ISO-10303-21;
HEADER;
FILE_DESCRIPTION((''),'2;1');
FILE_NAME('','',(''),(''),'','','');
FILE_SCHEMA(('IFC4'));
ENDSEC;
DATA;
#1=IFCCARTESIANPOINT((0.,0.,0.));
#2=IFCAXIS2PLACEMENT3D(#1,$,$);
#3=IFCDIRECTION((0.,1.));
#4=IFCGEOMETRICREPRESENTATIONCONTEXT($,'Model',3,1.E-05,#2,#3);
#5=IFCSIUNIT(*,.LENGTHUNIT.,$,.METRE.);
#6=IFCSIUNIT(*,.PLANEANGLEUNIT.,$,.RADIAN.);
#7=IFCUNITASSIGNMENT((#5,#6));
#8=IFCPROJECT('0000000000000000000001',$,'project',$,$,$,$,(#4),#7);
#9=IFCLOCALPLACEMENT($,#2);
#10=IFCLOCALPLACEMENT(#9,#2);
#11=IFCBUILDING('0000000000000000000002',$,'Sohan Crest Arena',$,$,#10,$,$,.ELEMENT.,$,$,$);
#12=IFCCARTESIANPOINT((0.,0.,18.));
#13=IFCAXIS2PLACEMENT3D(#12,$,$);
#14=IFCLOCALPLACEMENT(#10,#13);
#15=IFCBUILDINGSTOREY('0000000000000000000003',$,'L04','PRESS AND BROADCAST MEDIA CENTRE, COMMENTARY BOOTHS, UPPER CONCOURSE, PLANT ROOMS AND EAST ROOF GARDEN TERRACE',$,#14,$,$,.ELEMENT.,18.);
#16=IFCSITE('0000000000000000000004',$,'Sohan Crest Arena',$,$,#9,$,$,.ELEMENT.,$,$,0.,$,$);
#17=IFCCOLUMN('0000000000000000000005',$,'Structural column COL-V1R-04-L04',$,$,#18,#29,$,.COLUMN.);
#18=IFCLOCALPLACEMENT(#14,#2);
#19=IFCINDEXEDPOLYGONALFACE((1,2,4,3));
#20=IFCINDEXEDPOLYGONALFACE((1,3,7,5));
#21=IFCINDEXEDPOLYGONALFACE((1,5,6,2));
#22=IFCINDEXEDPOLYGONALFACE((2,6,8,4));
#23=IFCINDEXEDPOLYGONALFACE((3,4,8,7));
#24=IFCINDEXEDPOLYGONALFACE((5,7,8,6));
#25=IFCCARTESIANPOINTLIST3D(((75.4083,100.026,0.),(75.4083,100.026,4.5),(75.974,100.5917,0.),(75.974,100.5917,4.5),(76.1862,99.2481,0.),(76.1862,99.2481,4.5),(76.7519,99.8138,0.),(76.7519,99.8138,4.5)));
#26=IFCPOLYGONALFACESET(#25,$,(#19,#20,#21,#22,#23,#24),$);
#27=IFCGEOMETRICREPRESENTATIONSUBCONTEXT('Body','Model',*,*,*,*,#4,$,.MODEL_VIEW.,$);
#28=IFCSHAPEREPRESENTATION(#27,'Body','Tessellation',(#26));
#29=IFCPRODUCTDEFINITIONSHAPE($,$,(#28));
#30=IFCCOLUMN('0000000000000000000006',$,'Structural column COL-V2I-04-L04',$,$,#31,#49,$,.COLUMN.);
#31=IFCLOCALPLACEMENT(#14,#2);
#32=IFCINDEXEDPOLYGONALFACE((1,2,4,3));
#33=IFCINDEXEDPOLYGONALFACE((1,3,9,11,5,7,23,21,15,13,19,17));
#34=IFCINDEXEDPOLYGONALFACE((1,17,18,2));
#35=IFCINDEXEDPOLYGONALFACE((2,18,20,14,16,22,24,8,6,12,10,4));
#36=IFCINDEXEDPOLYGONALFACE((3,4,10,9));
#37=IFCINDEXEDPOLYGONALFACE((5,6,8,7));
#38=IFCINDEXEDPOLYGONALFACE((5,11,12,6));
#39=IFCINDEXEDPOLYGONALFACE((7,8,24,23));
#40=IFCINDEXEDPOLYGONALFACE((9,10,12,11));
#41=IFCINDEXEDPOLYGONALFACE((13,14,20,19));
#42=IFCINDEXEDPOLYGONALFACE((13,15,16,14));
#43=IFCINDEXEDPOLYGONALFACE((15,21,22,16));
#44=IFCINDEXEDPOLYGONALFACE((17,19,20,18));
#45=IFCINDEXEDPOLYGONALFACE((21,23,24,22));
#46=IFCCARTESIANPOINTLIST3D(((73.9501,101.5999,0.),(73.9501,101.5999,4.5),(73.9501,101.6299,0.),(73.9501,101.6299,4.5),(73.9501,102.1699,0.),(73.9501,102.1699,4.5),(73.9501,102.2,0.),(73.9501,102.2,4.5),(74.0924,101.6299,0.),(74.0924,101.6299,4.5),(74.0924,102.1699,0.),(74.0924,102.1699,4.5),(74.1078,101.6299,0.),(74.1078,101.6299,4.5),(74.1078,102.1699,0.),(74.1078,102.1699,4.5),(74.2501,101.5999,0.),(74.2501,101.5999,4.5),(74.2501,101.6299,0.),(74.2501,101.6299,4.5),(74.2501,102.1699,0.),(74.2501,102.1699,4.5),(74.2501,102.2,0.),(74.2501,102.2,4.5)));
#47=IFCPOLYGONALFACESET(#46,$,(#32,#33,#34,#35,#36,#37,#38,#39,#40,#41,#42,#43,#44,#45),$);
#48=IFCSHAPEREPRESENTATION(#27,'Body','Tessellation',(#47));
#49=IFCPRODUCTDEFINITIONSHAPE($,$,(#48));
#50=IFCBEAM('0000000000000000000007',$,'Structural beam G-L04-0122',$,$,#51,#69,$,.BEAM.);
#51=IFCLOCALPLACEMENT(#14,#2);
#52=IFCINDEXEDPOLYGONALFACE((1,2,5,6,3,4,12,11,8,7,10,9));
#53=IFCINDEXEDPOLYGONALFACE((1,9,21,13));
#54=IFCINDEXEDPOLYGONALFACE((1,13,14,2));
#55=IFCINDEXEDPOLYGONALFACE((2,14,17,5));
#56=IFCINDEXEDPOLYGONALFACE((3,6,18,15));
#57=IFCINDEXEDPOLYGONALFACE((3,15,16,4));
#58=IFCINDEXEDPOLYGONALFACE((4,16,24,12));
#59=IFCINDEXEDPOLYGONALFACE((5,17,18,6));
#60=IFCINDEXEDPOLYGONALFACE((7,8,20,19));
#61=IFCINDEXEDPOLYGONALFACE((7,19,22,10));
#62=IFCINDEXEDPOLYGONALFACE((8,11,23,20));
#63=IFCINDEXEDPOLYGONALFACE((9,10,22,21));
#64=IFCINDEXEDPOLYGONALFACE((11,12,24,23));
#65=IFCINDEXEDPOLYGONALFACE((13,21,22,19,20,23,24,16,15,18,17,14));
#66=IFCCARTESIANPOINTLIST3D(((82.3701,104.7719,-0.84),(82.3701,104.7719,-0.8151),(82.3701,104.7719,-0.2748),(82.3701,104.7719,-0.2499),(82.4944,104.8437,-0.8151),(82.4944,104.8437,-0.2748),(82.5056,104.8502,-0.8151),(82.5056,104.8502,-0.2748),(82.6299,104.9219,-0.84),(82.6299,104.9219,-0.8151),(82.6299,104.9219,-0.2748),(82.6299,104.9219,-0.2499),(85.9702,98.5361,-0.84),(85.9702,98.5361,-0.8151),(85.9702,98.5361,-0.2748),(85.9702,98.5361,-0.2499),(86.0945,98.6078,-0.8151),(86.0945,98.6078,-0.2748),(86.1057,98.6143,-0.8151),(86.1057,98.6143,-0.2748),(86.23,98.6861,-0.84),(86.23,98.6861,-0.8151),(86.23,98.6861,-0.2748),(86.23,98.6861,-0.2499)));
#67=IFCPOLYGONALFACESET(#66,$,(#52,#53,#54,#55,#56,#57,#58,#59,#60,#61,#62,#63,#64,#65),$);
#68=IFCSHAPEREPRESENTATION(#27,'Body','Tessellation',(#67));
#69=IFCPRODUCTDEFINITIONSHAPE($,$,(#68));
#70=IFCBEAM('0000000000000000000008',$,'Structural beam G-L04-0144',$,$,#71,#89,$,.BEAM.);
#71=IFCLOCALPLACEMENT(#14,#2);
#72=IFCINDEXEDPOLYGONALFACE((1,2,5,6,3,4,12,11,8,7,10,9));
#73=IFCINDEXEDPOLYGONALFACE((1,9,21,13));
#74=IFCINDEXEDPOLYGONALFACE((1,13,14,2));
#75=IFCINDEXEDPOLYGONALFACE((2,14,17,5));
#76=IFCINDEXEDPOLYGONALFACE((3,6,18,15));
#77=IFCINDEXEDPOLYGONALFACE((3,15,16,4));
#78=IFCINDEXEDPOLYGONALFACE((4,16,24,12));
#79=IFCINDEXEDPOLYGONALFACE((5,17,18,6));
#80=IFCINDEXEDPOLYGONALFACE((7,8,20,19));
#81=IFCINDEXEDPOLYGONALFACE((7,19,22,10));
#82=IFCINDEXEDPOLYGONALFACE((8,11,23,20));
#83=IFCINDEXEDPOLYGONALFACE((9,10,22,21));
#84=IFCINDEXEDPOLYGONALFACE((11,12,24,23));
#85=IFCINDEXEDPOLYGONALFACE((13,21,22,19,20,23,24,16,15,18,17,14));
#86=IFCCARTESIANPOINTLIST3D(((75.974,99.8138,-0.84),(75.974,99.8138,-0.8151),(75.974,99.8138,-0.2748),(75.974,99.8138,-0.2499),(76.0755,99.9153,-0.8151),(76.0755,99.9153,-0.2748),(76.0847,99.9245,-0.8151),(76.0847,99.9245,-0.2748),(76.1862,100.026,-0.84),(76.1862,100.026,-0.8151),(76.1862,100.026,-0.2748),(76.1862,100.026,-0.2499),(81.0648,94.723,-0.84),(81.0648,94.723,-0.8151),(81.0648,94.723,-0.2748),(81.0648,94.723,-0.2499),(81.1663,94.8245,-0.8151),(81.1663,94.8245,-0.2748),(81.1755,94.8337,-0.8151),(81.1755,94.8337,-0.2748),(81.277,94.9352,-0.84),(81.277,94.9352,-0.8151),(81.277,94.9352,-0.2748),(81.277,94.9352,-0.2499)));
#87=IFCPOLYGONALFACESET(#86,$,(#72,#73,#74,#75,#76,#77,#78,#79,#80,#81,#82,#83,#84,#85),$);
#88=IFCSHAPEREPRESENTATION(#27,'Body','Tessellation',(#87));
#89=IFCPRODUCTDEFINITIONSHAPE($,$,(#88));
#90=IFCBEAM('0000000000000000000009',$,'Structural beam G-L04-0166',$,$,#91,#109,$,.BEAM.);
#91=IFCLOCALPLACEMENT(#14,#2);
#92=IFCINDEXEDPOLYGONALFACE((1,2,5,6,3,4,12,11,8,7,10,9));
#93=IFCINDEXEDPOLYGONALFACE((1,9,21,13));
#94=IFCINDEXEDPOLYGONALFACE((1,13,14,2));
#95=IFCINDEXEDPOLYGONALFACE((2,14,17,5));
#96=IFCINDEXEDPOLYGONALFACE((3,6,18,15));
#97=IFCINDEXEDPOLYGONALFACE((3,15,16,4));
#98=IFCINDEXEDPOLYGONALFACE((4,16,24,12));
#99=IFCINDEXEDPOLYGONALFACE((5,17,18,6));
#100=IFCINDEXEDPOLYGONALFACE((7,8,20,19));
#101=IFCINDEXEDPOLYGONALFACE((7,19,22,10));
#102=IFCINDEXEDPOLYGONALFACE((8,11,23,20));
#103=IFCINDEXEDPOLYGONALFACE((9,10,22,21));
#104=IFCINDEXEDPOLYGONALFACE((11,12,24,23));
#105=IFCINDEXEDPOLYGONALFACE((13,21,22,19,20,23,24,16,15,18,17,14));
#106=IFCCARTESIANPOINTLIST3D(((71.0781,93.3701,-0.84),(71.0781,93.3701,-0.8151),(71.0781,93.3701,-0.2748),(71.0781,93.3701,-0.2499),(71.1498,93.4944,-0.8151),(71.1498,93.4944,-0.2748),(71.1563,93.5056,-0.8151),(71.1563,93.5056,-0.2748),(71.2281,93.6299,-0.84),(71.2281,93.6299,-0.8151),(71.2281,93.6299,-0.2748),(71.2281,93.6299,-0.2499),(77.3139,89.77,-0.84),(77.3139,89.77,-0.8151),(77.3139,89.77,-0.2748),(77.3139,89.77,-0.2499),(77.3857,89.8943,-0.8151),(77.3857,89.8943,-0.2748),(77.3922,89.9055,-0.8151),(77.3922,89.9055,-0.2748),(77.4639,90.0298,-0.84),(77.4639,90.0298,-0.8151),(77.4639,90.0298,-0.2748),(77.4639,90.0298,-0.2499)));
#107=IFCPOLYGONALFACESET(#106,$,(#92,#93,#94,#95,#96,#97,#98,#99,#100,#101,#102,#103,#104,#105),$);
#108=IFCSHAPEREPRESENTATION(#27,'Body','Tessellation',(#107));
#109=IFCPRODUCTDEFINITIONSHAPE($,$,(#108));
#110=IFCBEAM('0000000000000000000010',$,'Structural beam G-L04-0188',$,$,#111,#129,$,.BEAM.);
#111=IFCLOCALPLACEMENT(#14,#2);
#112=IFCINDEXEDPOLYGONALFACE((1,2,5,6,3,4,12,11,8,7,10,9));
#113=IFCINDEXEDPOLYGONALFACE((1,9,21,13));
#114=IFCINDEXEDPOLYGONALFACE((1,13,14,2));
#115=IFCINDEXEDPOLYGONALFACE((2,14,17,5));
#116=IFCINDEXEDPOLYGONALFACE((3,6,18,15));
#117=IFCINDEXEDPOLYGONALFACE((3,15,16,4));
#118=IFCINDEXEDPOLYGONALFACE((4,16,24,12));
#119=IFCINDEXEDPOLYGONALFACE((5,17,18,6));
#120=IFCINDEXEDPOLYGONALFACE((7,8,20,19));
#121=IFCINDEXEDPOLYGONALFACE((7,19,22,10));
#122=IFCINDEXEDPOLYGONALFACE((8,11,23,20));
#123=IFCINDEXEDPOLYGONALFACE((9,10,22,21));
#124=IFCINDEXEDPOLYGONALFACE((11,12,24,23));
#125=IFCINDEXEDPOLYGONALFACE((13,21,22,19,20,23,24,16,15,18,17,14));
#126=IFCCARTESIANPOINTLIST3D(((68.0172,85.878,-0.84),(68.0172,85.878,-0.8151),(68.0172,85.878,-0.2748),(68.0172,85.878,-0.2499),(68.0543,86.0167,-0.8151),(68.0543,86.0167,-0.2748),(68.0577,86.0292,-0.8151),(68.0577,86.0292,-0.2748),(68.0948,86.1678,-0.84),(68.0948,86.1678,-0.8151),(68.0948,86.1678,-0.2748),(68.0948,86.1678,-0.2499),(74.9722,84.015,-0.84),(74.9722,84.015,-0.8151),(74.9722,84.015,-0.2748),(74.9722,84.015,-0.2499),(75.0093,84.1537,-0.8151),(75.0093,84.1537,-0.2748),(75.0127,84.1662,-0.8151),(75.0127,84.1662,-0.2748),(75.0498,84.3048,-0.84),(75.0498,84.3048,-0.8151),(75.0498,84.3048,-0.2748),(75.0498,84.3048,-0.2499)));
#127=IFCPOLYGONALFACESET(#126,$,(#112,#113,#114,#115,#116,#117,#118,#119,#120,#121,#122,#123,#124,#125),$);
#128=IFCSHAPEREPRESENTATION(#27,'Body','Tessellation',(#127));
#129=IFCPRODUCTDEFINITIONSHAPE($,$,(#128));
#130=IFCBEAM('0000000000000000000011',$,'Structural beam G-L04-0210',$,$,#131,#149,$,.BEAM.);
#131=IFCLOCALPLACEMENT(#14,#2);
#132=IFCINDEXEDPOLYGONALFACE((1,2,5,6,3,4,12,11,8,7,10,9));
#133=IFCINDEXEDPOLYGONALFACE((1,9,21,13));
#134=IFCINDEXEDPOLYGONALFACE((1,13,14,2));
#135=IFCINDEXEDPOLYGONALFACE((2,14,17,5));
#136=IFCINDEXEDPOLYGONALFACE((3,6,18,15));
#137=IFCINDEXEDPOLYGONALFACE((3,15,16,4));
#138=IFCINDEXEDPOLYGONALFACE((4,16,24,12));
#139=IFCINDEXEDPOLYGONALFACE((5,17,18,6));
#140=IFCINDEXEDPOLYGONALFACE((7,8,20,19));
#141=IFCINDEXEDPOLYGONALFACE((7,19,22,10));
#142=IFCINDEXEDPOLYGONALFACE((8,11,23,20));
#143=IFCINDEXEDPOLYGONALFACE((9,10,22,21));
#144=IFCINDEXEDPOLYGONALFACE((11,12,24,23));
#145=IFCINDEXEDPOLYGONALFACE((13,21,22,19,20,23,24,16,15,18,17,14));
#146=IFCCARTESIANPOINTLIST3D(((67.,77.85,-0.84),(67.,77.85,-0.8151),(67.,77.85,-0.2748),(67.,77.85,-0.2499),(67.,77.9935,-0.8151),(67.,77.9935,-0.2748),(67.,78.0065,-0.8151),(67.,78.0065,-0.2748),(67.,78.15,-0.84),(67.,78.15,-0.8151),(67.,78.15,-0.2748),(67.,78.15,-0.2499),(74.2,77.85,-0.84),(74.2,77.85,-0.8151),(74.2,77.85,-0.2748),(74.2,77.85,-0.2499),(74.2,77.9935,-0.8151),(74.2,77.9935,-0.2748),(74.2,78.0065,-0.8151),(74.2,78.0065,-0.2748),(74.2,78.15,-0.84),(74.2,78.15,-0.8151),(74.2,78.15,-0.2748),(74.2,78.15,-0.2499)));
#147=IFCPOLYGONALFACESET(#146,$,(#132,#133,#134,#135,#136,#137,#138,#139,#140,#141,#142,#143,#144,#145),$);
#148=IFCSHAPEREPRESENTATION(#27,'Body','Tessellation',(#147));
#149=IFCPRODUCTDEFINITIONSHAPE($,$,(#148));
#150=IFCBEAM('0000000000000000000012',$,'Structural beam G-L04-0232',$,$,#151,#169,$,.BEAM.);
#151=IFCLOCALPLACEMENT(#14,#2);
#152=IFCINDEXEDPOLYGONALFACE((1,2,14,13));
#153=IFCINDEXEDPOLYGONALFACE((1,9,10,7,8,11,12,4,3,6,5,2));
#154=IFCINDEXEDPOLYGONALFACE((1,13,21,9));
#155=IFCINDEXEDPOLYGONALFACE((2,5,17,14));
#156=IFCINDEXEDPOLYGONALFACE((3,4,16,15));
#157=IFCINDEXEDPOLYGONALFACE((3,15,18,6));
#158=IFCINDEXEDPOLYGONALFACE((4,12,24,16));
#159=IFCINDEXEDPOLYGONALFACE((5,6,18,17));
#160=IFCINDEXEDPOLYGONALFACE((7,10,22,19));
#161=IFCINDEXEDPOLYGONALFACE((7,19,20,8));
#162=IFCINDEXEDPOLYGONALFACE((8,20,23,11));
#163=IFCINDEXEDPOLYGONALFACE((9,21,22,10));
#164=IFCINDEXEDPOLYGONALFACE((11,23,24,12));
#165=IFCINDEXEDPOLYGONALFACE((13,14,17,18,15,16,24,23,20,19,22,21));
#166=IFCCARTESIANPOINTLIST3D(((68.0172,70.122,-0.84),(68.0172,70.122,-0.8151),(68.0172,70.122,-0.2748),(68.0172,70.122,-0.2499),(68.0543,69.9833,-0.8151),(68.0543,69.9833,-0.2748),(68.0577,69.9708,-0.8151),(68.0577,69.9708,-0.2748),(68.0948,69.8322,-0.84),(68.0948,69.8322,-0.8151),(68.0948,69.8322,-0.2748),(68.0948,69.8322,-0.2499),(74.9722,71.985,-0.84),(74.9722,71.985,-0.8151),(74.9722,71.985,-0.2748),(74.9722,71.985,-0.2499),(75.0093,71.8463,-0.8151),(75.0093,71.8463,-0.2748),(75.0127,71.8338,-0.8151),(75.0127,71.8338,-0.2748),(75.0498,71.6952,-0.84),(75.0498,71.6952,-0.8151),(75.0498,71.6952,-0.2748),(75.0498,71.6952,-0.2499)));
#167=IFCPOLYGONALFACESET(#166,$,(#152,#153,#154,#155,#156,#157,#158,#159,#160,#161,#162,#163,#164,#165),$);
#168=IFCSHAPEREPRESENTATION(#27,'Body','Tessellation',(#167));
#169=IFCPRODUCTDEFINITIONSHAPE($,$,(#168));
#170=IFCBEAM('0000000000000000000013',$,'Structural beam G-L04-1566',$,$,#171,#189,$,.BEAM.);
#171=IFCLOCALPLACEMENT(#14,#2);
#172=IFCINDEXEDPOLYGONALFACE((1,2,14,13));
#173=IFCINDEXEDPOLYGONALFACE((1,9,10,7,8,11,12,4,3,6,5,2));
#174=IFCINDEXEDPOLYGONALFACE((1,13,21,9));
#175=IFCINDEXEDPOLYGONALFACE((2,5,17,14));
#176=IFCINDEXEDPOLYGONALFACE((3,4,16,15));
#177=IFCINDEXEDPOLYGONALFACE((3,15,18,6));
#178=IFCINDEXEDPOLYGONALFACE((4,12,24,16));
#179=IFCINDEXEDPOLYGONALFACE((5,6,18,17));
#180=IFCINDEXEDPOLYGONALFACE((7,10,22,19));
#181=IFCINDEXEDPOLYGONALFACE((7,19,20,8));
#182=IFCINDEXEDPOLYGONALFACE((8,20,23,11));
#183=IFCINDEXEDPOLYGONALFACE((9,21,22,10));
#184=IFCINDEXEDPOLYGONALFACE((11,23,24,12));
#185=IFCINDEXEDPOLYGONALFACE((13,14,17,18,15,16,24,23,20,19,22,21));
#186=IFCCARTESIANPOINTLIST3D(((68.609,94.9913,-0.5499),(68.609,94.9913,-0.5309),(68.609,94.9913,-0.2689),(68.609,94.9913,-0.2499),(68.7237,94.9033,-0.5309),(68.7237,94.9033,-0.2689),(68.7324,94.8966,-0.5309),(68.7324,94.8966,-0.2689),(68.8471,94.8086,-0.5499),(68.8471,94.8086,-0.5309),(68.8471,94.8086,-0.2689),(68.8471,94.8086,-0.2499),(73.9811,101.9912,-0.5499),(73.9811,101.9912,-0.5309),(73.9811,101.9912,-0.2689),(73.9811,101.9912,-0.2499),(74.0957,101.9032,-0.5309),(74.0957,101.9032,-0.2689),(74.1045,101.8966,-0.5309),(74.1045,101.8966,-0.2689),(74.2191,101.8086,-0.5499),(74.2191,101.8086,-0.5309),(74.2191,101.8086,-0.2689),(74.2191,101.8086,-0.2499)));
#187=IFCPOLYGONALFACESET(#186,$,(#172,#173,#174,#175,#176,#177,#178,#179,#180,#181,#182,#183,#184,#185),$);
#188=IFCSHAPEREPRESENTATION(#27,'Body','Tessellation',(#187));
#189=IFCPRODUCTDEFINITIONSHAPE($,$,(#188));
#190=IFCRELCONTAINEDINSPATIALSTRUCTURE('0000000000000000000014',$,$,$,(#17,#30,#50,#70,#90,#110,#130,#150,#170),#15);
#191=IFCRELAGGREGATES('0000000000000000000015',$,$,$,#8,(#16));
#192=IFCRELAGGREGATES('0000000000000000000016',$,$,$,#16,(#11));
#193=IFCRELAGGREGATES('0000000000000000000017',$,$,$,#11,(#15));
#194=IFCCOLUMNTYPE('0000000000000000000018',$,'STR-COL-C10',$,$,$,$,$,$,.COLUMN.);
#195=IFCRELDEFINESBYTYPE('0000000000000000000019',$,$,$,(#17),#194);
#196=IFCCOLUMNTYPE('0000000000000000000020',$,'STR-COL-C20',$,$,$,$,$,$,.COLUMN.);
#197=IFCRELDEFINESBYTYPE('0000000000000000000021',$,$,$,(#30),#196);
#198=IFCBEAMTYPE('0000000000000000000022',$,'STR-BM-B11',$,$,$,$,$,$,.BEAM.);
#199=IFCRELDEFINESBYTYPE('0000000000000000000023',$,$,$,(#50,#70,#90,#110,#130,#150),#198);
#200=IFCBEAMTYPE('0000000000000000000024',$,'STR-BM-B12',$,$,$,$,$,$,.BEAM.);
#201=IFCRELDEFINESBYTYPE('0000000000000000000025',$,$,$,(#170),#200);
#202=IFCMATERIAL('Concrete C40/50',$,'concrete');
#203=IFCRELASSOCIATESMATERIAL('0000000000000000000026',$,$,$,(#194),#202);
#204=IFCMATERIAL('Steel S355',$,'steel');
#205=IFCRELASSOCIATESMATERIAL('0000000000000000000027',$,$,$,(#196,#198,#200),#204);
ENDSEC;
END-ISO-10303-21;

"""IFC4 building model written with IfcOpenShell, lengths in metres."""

from ifc_helpers import new_model, si_unit, direction, frame, origin, origin_2d, place, context, subcontext, project, spatial, rectangle, i_section, extrude, material, material_profile, profile_set, type_object, element, save


model = new_model("IFC4")

# Units and contexts
model_context = context("Model", 3, precision=1e-05, world=origin(), true_north=direction((0.0, 1.0)))
body_context = subcontext(model_context, "Body", "Model", "MODEL_VIEW")
ifc_project = project(units=[si_unit("LENGTHUNIT", "METRE"), si_unit("PLANEANGLEUNIT", "RADIAN")], contexts=[model_context])

# Site, building, storey
site_placement = place(None, origin())
site = spatial("IfcSite", under=ifc_project, at=site_placement, Name="Sohan Crest Arena", CompositionType="ELEMENT", RefElevation=0.0)
building_placement = place(site_placement, origin())
building = spatial("IfcBuilding", under=site, at=building_placement, Name="Sohan Crest Arena", CompositionType="ELEMENT")
storey_placement = place(building_placement, frame((0.0, 0.0, 18.0)))
storey = spatial("IfcBuildingStorey", under=building, at=storey_placement, Name="L04", Description="PRESS AND BROADCAST MEDIA CENTRE, COMMENTARY BOOTHS, UPPER CONCOURSE, PLANT ROOMS AND EAST ROOF GARDEN TERRACE", CompositionType="ELEMENT", Elevation=18.0)

# Columns
ifc_material_1 = material(Name="Concrete C40/50", Category="concrete")
ifc_material_profile_1 = material_profile(ifc_material_1, rectangle(XDim=1.1001, YDim=0.8, at=origin_2d()), Name="RC 1100x800")
ifc_profile_set_1 = profile_set([ifc_material_profile_1], Name="Concrete C40/50")
column_type_1 = type_object("IfcColumnType", Name="STR-COL-C10", PredefinedType="COLUMN", material=ifc_profile_set_1)
column_1_placement = place(storey_placement, frame((76.0801, 99.9199, 0.0), z_axis=(0.0, 0.0, 1.0), x_axis=(-0.707107, 0.707107, 0.0)))
element("IfcColumn", 1, at=column_1_placement, inside=storey, type_object=column_type_1, Name="Structural column COL-V1R-04-L04", PredefinedType="COLUMN", context=body_context, shape_type="SweptSolid", body=[
    extrude(rectangle(XDim=1.1001, YDim=0.8, at=origin_2d()), origin(), (0.0, 0.0, 1.0), 4.5),
])
ifc_material_2 = material(Name="Steel S355", Category="steel")
ifc_material_profile_2 = material_profile(ifc_material_2, i_section(OverallWidth=0.3, OverallDepth=0.6001, WebThickness=0.0154, FlangeThickness=0.03, at=origin_2d()), Name="HEB 600")
ifc_profile_set_2 = profile_set([ifc_material_profile_2], Name="Steel S355")
column_type_2 = type_object("IfcColumnType", Name="STR-COL-C20", PredefinedType="COLUMN", material=ifc_profile_set_2)
column_2_placement = place(storey_placement, frame((74.1001, 101.8999, 0.0), z_axis=(0.0, 0.0, 1.0), x_axis=(1.0, 0.0, 0.0)))
element("IfcColumn", 2, at=column_2_placement, inside=storey, type_object=column_type_2, Name="Structural column COL-V2I-04-L04", PredefinedType="COLUMN", context=body_context, shape_type="SweptSolid", body=[
    extrude(i_section(OverallWidth=0.3, OverallDepth=0.6001, WebThickness=0.0154, FlangeThickness=0.03, at=origin_2d()), origin(), (0.0, 0.0, 1.0), 4.5),
])

# Beams
ifc_material_profile_3 = material_profile(ifc_material_2, i_section(OverallWidth=0.3, OverallDepth=0.5901, WebThickness=0.0129, FlangeThickness=0.0249, at=origin_2d()), Name="HEA 600")
ifc_profile_set_3 = profile_set([ifc_material_profile_3], Name="Steel S355")
beam_type_1 = type_object("IfcBeamType", Name="STR-BM-B11", PredefinedType="BEAM", material=ifc_profile_set_3)
beam_1_placement = place(storey_placement, frame((86.1001, 98.6111, -0.5449), z_axis=(-0.499983, 0.866035, 0.0), x_axis=(-0.866035, -0.499983, 0.0)))
element("IfcBeam", 3, at=beam_1_placement, inside=storey, type_object=beam_type_1, Name="Structural beam G-L04-0122", PredefinedType="BEAM", context=body_context, shape_type="SweptSolid", body=[
    extrude(i_section(OverallWidth=0.3, OverallDepth=0.5901, WebThickness=0.0129, FlangeThickness=0.0249, at=origin_2d()), origin(), (0.0, 0.0, 1.0), 7.2004),
])
beam_2_placement = place(storey_placement, frame((81.1709, 94.8291, -0.5449), z_axis=(-0.707107, 0.707107, 0.0), x_axis=(-0.707107, -0.707107, 0.0)))
element("IfcBeam", 4, at=beam_2_placement, inside=storey, type_object=beam_type_1, Name="Structural beam G-L04-0144", PredefinedType="BEAM", context=body_context, shape_type="SweptSolid", body=[
    extrude(i_section(OverallWidth=0.3, OverallDepth=0.5901, WebThickness=0.0129, FlangeThickness=0.0249, at=origin_2d()), origin(), (0.0, 0.0, 1.0), 7.1995),
])
beam_3_placement = place(storey_placement, frame((77.3889, 89.8999, -0.5449), z_axis=(-0.866035, 0.499983, 0.0), x_axis=(-0.499983, -0.866035, 0.0)))
element("IfcBeam", 5, at=beam_3_placement, inside=storey, type_object=beam_type_1, Name="Structural beam G-L04-0166", PredefinedType="BEAM", context=body_context, shape_type="SweptSolid", body=[
    extrude(i_section(OverallWidth=0.3, OverallDepth=0.5901, WebThickness=0.0129, FlangeThickness=0.0249, at=origin_2d()), origin(), (0.0, 0.0, 1.0), 7.2004),
])
beam_4_placement = place(storey_placement, frame((75.011, 84.1599, -0.5449), z_axis=(-0.965946, 0.258745, 0.0), x_axis=(-0.258745, -0.965946, 0.0)))
element("IfcBeam", 6, at=beam_4_placement, inside=storey, type_object=beam_type_1, Name="Structural beam G-L04-0188", PredefinedType="BEAM", context=body_context, shape_type="SweptSolid", body=[
    extrude(i_section(OverallWidth=0.3, OverallDepth=0.5901, WebThickness=0.0129, FlangeThickness=0.0249, at=origin_2d()), origin(), (0.0, 0.0, 1.0), 7.2002),
])
beam_5_placement = place(storey_placement, frame((74.2, 78.0, -0.5449), z_axis=(-1.0, 0.0, 0.0), x_axis=(0.0, -1.0, 0.0)))
element("IfcBeam", 7, at=beam_5_placement, inside=storey, type_object=beam_type_1, Name="Structural beam G-L04-0210", PredefinedType="BEAM", context=body_context, shape_type="SweptSolid", body=[
    extrude(i_section(OverallWidth=0.3, OverallDepth=0.5901, WebThickness=0.0129, FlangeThickness=0.0249, at=origin_2d()), origin(), (0.0, 0.0, 1.0), 7.2),
])
beam_6_placement = place(storey_placement, frame((75.011, 71.8401, -0.5449), z_axis=(-0.965946, -0.258745, 0.0), x_axis=(0.258745, -0.965946, 0.0)))
element("IfcBeam", 8, at=beam_6_placement, inside=storey, type_object=beam_type_1, Name="Structural beam G-L04-0232", PredefinedType="BEAM", context=body_context, shape_type="SweptSolid", body=[
    extrude(i_section(OverallWidth=0.3, OverallDepth=0.5901, WebThickness=0.0129, FlangeThickness=0.0249, at=origin_2d()), origin(), (0.0, 0.0, 1.0), 7.2002),
])
ifc_material_profile_4 = material_profile(ifc_material_2, i_section(OverallWidth=0.3, OverallDepth=0.3, WebThickness=0.011, FlangeThickness=0.019, at=origin_2d()), Name="HEB 300")
ifc_profile_set_4 = profile_set([ifc_material_profile_4], Name="Steel S355")
beam_type_2 = type_object("IfcBeamType", Name="STR-BM-B12", PredefinedType="BEAM", material=ifc_profile_set_4)
beam_7_placement = place(storey_placement, frame((74.1001, 101.8999, -0.3999), z_axis=(-0.608817, -0.793311, 0.0), x_axis=(0.793311, -0.608817, 0.0)))
element("IfcBeam", 9, at=beam_7_placement, inside=storey, type_object=beam_type_2, Name="Structural beam G-L04-1566", PredefinedType="BEAM", context=body_context, shape_type="SweptSolid", body=[
    extrude(i_section(OverallWidth=0.3, OverallDepth=0.3, WebThickness=0.011, FlangeThickness=0.019, at=origin_2d()), origin(), (0.0, 0.0, 1.0), 8.8237),
])

save(model, "model.ifc")
